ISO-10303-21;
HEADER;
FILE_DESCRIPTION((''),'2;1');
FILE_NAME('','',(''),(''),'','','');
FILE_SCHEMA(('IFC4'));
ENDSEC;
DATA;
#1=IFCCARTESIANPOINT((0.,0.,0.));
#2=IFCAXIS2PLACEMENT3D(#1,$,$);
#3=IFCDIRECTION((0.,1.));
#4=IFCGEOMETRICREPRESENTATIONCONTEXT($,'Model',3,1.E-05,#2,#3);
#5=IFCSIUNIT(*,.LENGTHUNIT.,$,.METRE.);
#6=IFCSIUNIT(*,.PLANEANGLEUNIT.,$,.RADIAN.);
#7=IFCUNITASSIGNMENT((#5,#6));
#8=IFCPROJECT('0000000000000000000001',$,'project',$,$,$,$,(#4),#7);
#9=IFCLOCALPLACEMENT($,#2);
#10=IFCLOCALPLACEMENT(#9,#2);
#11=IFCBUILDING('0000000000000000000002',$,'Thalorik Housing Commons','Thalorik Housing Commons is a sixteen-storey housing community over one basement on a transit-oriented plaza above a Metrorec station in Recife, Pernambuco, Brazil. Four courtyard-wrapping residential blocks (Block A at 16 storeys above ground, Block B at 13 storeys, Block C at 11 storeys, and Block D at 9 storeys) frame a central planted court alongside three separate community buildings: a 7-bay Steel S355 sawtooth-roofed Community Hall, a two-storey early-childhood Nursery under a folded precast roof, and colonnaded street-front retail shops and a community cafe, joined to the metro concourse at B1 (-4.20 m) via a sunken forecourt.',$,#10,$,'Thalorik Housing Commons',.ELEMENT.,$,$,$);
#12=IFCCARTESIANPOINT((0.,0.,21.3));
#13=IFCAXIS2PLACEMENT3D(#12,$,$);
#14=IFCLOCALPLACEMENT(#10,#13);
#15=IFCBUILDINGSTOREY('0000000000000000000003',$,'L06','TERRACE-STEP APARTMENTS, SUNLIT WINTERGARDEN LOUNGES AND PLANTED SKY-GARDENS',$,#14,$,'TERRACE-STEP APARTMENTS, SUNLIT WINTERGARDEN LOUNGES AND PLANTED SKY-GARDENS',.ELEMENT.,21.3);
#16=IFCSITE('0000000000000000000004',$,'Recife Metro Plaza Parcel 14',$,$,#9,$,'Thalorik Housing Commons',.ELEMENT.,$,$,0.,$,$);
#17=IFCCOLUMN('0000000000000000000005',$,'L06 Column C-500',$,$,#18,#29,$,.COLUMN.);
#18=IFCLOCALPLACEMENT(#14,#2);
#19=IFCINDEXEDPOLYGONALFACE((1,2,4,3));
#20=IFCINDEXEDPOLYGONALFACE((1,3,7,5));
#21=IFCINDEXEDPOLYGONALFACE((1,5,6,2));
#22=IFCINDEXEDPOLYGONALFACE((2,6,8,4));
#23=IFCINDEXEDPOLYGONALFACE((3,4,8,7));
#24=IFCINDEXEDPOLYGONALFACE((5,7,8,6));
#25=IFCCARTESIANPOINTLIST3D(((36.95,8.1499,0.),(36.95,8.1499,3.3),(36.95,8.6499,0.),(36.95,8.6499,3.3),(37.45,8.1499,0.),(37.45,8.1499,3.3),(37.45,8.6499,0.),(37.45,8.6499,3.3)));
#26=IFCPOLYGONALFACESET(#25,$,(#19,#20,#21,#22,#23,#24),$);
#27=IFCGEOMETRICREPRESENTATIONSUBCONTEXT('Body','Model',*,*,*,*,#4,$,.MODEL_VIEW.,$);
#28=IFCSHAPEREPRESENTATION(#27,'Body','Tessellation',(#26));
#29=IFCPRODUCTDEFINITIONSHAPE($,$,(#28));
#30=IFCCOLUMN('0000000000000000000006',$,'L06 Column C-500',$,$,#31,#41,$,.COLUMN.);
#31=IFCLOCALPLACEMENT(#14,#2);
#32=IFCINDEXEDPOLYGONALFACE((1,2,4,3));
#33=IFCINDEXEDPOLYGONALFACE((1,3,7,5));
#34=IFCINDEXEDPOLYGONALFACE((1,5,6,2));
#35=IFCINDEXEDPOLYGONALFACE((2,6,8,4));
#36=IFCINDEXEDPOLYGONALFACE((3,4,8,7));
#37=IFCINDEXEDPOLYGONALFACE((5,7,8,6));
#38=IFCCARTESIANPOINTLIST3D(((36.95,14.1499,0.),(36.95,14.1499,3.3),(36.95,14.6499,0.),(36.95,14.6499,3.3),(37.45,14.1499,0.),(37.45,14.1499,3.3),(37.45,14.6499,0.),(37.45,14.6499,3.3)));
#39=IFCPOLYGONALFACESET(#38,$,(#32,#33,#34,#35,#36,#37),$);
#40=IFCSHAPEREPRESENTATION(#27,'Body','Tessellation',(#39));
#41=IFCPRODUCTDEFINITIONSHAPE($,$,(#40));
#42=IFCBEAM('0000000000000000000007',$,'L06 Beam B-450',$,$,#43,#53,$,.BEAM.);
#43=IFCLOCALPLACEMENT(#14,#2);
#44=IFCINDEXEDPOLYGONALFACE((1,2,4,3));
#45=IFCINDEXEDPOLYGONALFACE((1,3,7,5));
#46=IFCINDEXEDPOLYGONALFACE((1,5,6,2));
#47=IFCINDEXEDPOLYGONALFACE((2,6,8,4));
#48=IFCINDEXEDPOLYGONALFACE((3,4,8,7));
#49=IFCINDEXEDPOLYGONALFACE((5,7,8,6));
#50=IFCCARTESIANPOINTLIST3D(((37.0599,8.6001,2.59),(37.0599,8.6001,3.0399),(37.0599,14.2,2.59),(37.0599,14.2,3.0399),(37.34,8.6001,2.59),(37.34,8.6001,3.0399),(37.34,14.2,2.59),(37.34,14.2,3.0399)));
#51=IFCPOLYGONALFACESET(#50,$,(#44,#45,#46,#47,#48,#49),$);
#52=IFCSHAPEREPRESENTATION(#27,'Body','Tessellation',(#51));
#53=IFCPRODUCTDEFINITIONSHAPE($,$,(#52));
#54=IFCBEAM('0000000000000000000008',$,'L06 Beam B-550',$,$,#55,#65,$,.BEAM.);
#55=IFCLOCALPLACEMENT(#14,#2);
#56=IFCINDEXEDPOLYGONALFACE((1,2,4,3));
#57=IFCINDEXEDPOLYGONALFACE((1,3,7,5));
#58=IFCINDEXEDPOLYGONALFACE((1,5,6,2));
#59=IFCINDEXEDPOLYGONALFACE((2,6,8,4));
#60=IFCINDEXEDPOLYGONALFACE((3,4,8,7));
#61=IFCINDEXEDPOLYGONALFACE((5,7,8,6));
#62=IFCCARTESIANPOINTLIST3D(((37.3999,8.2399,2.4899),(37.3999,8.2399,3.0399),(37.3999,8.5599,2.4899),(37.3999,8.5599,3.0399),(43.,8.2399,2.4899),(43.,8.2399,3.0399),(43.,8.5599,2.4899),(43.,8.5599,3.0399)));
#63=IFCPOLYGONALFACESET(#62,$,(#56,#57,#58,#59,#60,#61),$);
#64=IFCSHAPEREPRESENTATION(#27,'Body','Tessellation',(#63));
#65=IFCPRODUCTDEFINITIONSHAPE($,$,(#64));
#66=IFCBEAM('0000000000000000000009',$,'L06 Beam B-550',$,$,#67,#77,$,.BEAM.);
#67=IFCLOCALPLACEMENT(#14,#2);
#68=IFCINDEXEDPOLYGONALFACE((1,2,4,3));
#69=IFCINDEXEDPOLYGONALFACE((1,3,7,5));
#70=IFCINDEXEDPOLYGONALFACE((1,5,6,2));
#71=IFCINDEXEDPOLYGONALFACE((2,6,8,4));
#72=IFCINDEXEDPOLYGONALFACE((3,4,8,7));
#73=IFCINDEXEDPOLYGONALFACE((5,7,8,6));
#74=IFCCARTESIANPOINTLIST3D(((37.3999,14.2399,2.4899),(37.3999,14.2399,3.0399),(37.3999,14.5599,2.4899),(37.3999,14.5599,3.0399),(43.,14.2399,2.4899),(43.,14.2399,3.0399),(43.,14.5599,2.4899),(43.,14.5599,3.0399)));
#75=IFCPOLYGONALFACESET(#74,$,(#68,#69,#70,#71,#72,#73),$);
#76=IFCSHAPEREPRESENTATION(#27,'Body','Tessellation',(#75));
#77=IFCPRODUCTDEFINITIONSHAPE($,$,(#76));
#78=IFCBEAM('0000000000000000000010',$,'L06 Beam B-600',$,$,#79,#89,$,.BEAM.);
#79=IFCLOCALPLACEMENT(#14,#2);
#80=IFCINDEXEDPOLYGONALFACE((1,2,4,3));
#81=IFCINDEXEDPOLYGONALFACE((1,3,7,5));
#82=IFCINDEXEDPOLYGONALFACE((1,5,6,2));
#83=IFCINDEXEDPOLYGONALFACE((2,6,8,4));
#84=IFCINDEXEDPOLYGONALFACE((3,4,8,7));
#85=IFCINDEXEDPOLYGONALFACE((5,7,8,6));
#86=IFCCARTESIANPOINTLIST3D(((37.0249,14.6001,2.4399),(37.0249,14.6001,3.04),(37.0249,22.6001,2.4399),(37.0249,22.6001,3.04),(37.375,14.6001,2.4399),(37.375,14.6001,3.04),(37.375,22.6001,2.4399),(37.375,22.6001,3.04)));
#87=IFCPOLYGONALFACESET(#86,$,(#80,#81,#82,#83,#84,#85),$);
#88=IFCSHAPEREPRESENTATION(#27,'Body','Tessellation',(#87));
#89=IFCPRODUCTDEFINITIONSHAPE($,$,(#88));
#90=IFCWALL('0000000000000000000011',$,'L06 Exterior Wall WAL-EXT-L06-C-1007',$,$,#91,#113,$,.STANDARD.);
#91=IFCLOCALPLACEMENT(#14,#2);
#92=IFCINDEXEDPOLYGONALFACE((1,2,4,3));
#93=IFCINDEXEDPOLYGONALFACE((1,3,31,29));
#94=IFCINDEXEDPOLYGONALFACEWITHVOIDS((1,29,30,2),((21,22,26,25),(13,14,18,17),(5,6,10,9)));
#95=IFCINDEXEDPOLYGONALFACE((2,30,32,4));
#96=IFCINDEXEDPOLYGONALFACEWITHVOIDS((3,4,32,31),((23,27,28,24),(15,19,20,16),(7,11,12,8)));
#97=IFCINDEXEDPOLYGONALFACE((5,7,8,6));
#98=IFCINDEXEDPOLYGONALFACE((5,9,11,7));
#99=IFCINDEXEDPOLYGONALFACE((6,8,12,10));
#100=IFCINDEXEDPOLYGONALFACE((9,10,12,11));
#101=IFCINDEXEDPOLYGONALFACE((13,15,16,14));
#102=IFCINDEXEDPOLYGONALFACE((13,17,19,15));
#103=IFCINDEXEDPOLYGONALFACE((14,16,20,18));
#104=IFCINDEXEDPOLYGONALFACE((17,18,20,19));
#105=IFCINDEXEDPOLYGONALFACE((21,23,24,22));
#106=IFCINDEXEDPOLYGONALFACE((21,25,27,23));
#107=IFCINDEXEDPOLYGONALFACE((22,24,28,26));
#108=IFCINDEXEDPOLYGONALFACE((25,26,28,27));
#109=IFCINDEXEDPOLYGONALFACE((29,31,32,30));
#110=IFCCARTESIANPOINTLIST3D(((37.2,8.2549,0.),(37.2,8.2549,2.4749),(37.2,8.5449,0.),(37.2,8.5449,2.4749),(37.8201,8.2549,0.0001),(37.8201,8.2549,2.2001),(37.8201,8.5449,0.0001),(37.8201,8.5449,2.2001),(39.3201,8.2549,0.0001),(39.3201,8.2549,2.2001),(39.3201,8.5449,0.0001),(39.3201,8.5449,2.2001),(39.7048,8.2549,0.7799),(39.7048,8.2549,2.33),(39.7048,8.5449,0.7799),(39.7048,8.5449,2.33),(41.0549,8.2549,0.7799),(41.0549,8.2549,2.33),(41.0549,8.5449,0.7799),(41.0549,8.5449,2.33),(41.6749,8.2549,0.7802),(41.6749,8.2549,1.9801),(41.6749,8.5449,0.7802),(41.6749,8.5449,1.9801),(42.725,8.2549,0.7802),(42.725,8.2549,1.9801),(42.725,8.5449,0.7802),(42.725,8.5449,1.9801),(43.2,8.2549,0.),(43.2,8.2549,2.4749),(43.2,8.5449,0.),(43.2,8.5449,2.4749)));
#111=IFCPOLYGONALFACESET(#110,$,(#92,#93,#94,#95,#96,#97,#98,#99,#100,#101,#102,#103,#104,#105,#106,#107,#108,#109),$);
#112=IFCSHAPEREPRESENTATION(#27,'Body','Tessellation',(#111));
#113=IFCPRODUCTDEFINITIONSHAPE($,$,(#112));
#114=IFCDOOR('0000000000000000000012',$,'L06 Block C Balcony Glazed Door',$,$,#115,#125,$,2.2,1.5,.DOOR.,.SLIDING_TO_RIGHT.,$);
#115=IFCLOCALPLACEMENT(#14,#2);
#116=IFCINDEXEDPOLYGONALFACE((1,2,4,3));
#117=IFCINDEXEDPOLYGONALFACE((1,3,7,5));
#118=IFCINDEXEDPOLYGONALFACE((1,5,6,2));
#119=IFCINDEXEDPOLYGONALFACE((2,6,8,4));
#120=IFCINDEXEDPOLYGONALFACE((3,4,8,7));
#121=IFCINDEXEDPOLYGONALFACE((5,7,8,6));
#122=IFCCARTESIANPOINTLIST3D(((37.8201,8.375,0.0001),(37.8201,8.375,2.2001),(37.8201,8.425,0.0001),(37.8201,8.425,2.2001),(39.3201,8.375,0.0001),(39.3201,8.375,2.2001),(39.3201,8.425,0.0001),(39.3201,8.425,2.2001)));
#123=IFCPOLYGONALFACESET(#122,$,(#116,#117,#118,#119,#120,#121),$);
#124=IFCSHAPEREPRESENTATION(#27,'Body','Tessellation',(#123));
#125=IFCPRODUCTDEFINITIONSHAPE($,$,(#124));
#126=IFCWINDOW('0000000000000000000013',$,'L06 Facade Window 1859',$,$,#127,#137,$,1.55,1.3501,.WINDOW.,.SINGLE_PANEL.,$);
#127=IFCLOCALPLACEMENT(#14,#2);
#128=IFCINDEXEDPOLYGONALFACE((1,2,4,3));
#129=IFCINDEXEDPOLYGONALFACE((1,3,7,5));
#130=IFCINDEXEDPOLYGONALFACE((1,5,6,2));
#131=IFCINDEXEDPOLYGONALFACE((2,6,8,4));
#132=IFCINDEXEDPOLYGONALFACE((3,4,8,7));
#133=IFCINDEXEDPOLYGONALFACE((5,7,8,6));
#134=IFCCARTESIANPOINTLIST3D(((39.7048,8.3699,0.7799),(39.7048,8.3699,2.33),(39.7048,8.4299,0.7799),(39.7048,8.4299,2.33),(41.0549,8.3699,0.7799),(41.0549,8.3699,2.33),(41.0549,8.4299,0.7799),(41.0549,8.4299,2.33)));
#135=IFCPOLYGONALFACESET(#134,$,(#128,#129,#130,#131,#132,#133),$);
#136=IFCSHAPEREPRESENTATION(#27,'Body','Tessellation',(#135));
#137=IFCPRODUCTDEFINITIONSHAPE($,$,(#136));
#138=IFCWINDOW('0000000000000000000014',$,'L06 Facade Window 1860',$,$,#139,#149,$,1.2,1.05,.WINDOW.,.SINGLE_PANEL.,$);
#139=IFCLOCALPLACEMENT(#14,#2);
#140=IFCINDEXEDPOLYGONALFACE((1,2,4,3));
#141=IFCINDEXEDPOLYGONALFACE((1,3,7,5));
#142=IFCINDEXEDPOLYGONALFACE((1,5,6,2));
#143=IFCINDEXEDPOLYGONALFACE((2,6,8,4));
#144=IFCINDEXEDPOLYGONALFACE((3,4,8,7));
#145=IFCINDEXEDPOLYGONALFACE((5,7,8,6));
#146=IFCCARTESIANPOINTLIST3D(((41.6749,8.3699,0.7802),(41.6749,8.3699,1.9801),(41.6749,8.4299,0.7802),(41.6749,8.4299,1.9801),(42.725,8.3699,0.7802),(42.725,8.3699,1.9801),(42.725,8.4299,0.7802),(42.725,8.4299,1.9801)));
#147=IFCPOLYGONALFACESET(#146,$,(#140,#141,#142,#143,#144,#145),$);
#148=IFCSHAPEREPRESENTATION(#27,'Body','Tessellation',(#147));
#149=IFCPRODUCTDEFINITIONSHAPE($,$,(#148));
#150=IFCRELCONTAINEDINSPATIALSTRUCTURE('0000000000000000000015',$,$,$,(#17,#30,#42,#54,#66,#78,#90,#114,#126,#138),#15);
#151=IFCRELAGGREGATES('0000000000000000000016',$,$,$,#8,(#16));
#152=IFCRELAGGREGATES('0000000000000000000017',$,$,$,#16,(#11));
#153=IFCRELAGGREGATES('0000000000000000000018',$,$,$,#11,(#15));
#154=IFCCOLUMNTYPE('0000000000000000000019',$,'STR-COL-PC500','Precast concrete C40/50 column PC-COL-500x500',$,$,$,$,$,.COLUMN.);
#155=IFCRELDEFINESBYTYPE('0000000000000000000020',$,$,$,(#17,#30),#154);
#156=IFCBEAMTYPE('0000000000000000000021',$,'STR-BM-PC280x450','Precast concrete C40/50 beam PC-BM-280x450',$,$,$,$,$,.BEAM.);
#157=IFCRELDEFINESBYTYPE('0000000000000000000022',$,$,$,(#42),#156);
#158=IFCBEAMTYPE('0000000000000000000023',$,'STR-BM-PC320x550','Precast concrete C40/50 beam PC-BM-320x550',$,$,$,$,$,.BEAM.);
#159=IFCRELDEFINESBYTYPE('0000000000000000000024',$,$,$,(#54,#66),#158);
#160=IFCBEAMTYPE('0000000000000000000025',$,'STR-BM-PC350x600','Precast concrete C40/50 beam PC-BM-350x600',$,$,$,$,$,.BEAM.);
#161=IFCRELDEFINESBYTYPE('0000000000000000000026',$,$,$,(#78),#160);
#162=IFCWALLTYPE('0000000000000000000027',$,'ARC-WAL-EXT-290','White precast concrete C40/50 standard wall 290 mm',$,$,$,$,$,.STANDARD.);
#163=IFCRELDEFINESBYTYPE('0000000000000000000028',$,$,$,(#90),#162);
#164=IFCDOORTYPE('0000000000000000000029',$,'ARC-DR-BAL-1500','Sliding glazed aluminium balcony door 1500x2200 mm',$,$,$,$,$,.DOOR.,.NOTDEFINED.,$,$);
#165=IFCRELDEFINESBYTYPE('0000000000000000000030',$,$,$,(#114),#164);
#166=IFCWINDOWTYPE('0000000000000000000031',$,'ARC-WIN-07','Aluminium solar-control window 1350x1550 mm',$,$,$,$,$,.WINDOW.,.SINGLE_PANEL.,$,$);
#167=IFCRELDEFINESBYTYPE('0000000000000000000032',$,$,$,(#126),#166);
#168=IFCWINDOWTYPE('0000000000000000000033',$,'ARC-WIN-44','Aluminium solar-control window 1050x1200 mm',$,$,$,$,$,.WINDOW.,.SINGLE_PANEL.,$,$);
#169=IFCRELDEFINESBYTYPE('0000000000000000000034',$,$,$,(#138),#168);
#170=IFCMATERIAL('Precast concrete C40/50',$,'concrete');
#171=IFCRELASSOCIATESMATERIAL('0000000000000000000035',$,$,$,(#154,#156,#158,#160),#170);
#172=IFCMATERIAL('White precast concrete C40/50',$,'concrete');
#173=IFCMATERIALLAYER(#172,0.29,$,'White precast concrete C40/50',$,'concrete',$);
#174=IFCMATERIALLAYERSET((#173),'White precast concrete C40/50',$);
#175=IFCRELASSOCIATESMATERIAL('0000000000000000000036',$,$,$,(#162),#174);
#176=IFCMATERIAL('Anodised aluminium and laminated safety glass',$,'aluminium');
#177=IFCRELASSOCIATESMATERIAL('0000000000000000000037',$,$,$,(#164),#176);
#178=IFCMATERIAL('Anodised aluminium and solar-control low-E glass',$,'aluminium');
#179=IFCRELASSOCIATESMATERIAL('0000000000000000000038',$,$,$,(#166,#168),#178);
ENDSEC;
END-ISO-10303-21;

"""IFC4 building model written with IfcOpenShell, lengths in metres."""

from ifc_helpers import new_model, si_unit, direction, frame, frame_2d, origin, origin_2d, place, context, subcontext, project, spatial, rectangle, extrude, material, layer, layer_set, material_profile, profile_set, type_object, element, fill, save


model = new_model("IFC4")

# Units and contexts
model_context = context("Model", 3, precision=1e-05, world=origin(), true_north=direction((0.0, 1.0)))
body_context = subcontext(model_context, "Body", "Model", "MODEL_VIEW")
ifc_project = project(units=[si_unit("LENGTHUNIT", "METRE"), si_unit("PLANEANGLEUNIT", "RADIAN")], contexts=[model_context])

# Site, building, storey
site_placement = place(None, origin())
site = spatial("IfcSite", under=ifc_project, at=site_placement, Name="Recife Metro Plaza Parcel 14", LongName="Thalorik Housing Commons", CompositionType="ELEMENT", RefElevation=0.0)
building_placement = place(site_placement, origin())
building = spatial("IfcBuilding", under=site, at=building_placement, Name="Thalorik Housing Commons", Description="Thalorik Housing Commons is a sixteen-storey housing community over one basement on a transit-oriented plaza above a Metrorec station in Recife, Pernambuco, Brazil. Four courtyard-wrapping residential blocks (Block A at 16 storeys above ground, Block B at 13 storeys, Block C at 11 storeys, and Block D at 9 storeys) frame a central planted court alongside three separate community buildings: a 7-bay Steel S355 sawtooth-roofed Community Hall, a two-storey early-childhood Nursery under a folded precast roof, and colonnaded street-front retail shops and a community cafe, joined to the metro concourse at B1 (-4.20 m) via a sunken forecourt.", LongName="Thalorik Housing Commons", CompositionType="ELEMENT")
storey_placement = place(building_placement, frame((0.0, 0.0, 21.3)))
storey = spatial("IfcBuildingStorey", under=building, at=storey_placement, Name="L06", Description="TERRACE-STEP APARTMENTS, SUNLIT WINTERGARDEN LOUNGES AND PLANTED SKY-GARDENS", LongName="TERRACE-STEP APARTMENTS, SUNLIT WINTERGARDEN LOUNGES AND PLANTED SKY-GARDENS", CompositionType="ELEMENT", Elevation=21.3)

# Columns
ifc_material_1 = material(Name="Precast concrete C40/50", Category="concrete")
ifc_material_profile_1 = material_profile(ifc_material_1, rectangle(XDim=0.5, YDim=0.5, at=origin_2d()), Name="PC 500x500", Category="concrete")
ifc_profile_set_1 = profile_set([ifc_material_profile_1], Name="Precast concrete C40/50")
column_type = type_object("IfcColumnType", Name="STR-COL-PC500", Description="Precast concrete C40/50 column PC-COL-500x500", PredefinedType="COLUMN", material=ifc_profile_set_1)
for number, where, z_axis, x_axis, name in (
    (1, (37.2, 8.3999, 0.0), (0.0, 0.0, 1.0), (1.0, 0.0, 0.0), "L06 Column C-500"),
    (2, (37.2, 14.3999, 0.0), (0.0, 0.0, 1.0), (1.0, 0.0, 0.0), "L06 Column C-500"),
):
    element("IfcColumn", number, at=place(storey_placement, frame(where, z_axis=z_axis, x_axis=x_axis)), inside=storey, type_object=column_type, Name=name, PredefinedType="COLUMN", context=body_context, shape_type="SweptSolid", body=[
        extrude(rectangle(XDim=0.5, YDim=0.5, at=origin_2d()), origin(), (0.0, 0.0, 1.0), 3.3),
    ])

# Beams
ifc_material_profile_2 = material_profile(ifc_material_1, rectangle(XDim=0.28, YDim=0.45, at=origin_2d()), Name="PC 280x450", Category="concrete")
ifc_profile_set_2 = profile_set([ifc_material_profile_2], Name="Precast concrete C40/50")
beam_type_1 = type_object("IfcBeamType", Name="STR-BM-PC280x450", Description="Precast concrete C40/50 beam PC-BM-280x450", PredefinedType="BEAM", material=ifc_profile_set_2)
beam_1_placement = place(storey_placement, frame((37.2, 8.6001, 2.8149), z_axis=(0.0, 1.0, 0.0), x_axis=(-1.0, 0.0, 0.0)))
element("IfcBeam", 3, at=beam_1_placement, inside=storey, type_object=beam_type_1, Name="L06 Beam B-450", PredefinedType="BEAM", context=body_context, shape_type="SweptSolid", body=[
    extrude(rectangle(XDim=0.28, YDim=0.45, at=origin_2d()), origin(), (0.0, 0.0, 1.0), 5.5999),
])
ifc_material_profile_3 = material_profile(ifc_material_1, rectangle(XDim=0.3201, YDim=0.55, at=origin_2d()), Name="PC 320x550", Category="concrete")
ifc_profile_set_3 = profile_set([ifc_material_profile_3], Name="Precast concrete C40/50")
beam_type_2 = type_object("IfcBeamType", Name="STR-BM-PC320x550", Description="Precast concrete C40/50 beam PC-BM-320x550", PredefinedType="BEAM", material=ifc_profile_set_3)
for number, where, z_axis, x_axis, name in (
    (4, (37.3999, 8.3999, 2.7649), (1.0, 0.0, 0.0), (0.0, 1.0, 0.0), "L06 Beam B-550"),
    (5, (37.3999, 14.3999, 2.7649), (1.0, 0.0, 0.0), (0.0, 1.0, 0.0), "L06 Beam B-550"),
):
    element("IfcBeam", number, at=place(storey_placement, frame(where, z_axis=z_axis, x_axis=x_axis)), inside=storey, type_object=beam_type_2, Name=name, PredefinedType="BEAM", context=body_context, shape_type="SweptSolid", body=[
        extrude(rectangle(XDim=0.3201, YDim=0.55, at=origin_2d()), origin(), (0.0, 0.0, 1.0), 5.6001),
    ])
ifc_material_profile_4 = material_profile(ifc_material_1, rectangle(XDim=0.3501, YDim=0.6001, at=origin_2d()), Name="PC 350x600", Category="concrete")
ifc_profile_set_4 = profile_set([ifc_material_profile_4], Name="Precast concrete C40/50")
beam_type_3 = type_object("IfcBeamType", Name="STR-BM-PC350x600", Description="Precast concrete C40/50 beam PC-BM-350x600", PredefinedType="BEAM", material=ifc_profile_set_4)
beam_2_placement = place(storey_placement, frame((37.2, 14.6001, 2.74), z_axis=(0.0, 1.0, 0.0), x_axis=(-1.0, 0.0, 0.0)))
element("IfcBeam", 6, at=beam_2_placement, inside=storey, type_object=beam_type_3, Name="L06 Beam B-600", PredefinedType="BEAM", context=body_context, shape_type="SweptSolid", body=[
    extrude(rectangle(XDim=0.3501, YDim=0.6001, at=origin_2d()), origin(), (0.0, 0.0, 1.0), 8.0),
])

# Wall, openings, door, windows
ifc_material_2 = material(Name="White precast concrete C40/50", Category="concrete")
ifc_layer_1 = layer(ifc_material_2, 0.29, Name="White precast concrete C40/50", Category="concrete")
ifc_layer_set_1 = layer_set([ifc_layer_1], Name="White precast concrete C40/50")
wall_type_1 = type_object("IfcWallType", Name="ARC-WAL-EXT-290", Description="White precast concrete C40/50 standard wall 290 mm", PredefinedType="STANDARD", material=ifc_layer_set_1)
wall_1_placement = place(storey_placement, frame((37.2, 8.3999, 0.0), z_axis=(0.0, 0.0, 1.0), x_axis=(1.0, 0.0, 0.0)))
wall_1 = element("IfcWall", 7, at=wall_1_placement, inside=storey, type_object=wall_type_1, Name="L06 Exterior Wall WAL-EXT-L06-C-1007", PredefinedType="STANDARD", context=body_context, shape_type="SweptSolid", body=[
    extrude(rectangle(XDim=6.0, YDim=0.29, at=frame_2d((3.0, 0.0))), origin(), (0.0, 0.0, 1.0), 2.4749),
])
opening_1_placement = place(wall_1_placement, frame((0.6201, 0.0, 0.0)))
opening_1 = element("IfcOpeningElement", 8, at=opening_1_placement, cuts=wall_1, PredefinedType="OPENING", context=body_context, shape_type="SweptSolid", body=[
    extrude(rectangle(XDim=1.5, YDim=2.2, at=frame_2d((0.75, 1.1001))), frame((0.0, 0.155, 0.0), z_axis=(0.0, -1.0, 0.0), x_axis=(1.0, 0.0, 0.0)), (0.0, 0.0, 1.0), 0.3101),
])
opening_2_placement = place(wall_1_placement, frame((2.5049, 0.0, 0.78)))
opening_2 = element("IfcOpeningElement", 9, at=opening_2_placement, cuts=wall_1, PredefinedType="OPENING", context=body_context, shape_type="SweptSolid", body=[
    extrude(rectangle(XDim=1.3501, YDim=1.55, at=frame_2d((0.675, 0.7749))), frame((0.0, 0.155, 0.0), z_axis=(0.0, -1.0, 0.0), x_axis=(1.0, 0.0, 0.0)), (0.0, 0.0, 1.0), 0.3101),
])
opening_3_placement = place(wall_1_placement, frame((4.4751, 0.0, 0.78)))
opening_3 = element("IfcOpeningElement", 10, at=opening_3_placement, cuts=wall_1, PredefinedType="OPENING", context=body_context, shape_type="SweptSolid", body=[
    extrude(rectangle(XDim=1.05, YDim=1.2, at=frame_2d((0.5249, 0.6001))), frame((0.0, 0.155, 0.0), z_axis=(0.0, -1.0, 0.0), x_axis=(1.0, 0.0, 0.0)), (0.0, 0.0, 1.0), 0.3101),
])
ifc_material_3 = material(Name="Anodised aluminium and laminated safety glass", Category="aluminium")
door_type_1 = type_object("IfcDoorType", Name="ARC-DR-BAL-1500", Description="Sliding glazed aluminium balcony door 1500x2200 mm", OperationType="NOTDEFINED", PredefinedType="DOOR", material=ifc_material_3)
door_1_placement = place(opening_1_placement, frame((1.5, 0.0, 0.0), z_axis=(0.0, 0.0, 1.0), x_axis=(-1.0, 0.0, 0.0)))
door_1 = element("IfcDoor", 11, at=door_1_placement, inside=storey, type_object=door_type_1, Name="L06 Block C Balcony Glazed Door", OperationType="SLIDING_TO_RIGHT", OverallHeight=2.2, OverallWidth=1.5, PredefinedType="DOOR", context=body_context, shape_type="SweptSolid", body=[
    extrude(rectangle(XDim=1.5, YDim=2.2, at=frame_2d((0.75, 1.1001))), frame((0.0, 0.0249, 0.0), z_axis=(0.0, -1.0, 0.0), x_axis=(1.0, 0.0, 0.0)), (0.0, 0.0, 1.0), 0.05),
])
fill(opening_1, door_1)
ifc_material_4 = material(Name="Anodised aluminium and solar-control low-E glass", Category="aluminium")
window_type_1 = type_object("IfcWindowType", Name="ARC-WIN-07", Description="Aluminium solar-control window 1350x1550 mm", PartitioningType="SINGLE_PANEL", PredefinedType="WINDOW", material=ifc_material_4)
window_1_placement = place(opening_2_placement, origin())
window_1 = element("IfcWindow", 12, at=window_1_placement, inside=storey, type_object=window_type_1, Name="L06 Facade Window 1859", OverallHeight=1.55, OverallWidth=1.3501, PartitioningType="SINGLE_PANEL", PredefinedType="WINDOW", context=body_context, shape_type="SweptSolid", body=[
    extrude(rectangle(XDim=1.3501, YDim=1.55, at=frame_2d((0.675, 0.7749))), frame((0.0, 0.03, 0.0), z_axis=(0.0, -1.0, 0.0), x_axis=(1.0, 0.0, 0.0)), (0.0, 0.0, 1.0), 0.0601),
])
fill(opening_2, window_1)
window_type_2 = type_object("IfcWindowType", Name="ARC-WIN-44", Description="Aluminium solar-control window 1050x1200 mm", PartitioningType="SINGLE_PANEL", PredefinedType="WINDOW", material=ifc_material_4)
window_2_placement = place(opening_3_placement, origin())
window_2 = element("IfcWindow", 13, at=window_2_placement, inside=storey, type_object=window_type_2, Name="L06 Facade Window 1860", OverallHeight=1.2, OverallWidth=1.05, PartitioningType="SINGLE_PANEL", PredefinedType="WINDOW", context=body_context, shape_type="SweptSolid", body=[
    extrude(rectangle(XDim=1.05, YDim=1.2, at=frame_2d((0.5249, 0.6001))), frame((0.0, 0.03, 0.0), z_axis=(0.0, -1.0, 0.0), x_axis=(1.0, 0.0, 0.0)), (0.0, 0.0, 1.0), 0.0601),
])
fill(opening_3, window_2)

save(model, "model.ifc")
